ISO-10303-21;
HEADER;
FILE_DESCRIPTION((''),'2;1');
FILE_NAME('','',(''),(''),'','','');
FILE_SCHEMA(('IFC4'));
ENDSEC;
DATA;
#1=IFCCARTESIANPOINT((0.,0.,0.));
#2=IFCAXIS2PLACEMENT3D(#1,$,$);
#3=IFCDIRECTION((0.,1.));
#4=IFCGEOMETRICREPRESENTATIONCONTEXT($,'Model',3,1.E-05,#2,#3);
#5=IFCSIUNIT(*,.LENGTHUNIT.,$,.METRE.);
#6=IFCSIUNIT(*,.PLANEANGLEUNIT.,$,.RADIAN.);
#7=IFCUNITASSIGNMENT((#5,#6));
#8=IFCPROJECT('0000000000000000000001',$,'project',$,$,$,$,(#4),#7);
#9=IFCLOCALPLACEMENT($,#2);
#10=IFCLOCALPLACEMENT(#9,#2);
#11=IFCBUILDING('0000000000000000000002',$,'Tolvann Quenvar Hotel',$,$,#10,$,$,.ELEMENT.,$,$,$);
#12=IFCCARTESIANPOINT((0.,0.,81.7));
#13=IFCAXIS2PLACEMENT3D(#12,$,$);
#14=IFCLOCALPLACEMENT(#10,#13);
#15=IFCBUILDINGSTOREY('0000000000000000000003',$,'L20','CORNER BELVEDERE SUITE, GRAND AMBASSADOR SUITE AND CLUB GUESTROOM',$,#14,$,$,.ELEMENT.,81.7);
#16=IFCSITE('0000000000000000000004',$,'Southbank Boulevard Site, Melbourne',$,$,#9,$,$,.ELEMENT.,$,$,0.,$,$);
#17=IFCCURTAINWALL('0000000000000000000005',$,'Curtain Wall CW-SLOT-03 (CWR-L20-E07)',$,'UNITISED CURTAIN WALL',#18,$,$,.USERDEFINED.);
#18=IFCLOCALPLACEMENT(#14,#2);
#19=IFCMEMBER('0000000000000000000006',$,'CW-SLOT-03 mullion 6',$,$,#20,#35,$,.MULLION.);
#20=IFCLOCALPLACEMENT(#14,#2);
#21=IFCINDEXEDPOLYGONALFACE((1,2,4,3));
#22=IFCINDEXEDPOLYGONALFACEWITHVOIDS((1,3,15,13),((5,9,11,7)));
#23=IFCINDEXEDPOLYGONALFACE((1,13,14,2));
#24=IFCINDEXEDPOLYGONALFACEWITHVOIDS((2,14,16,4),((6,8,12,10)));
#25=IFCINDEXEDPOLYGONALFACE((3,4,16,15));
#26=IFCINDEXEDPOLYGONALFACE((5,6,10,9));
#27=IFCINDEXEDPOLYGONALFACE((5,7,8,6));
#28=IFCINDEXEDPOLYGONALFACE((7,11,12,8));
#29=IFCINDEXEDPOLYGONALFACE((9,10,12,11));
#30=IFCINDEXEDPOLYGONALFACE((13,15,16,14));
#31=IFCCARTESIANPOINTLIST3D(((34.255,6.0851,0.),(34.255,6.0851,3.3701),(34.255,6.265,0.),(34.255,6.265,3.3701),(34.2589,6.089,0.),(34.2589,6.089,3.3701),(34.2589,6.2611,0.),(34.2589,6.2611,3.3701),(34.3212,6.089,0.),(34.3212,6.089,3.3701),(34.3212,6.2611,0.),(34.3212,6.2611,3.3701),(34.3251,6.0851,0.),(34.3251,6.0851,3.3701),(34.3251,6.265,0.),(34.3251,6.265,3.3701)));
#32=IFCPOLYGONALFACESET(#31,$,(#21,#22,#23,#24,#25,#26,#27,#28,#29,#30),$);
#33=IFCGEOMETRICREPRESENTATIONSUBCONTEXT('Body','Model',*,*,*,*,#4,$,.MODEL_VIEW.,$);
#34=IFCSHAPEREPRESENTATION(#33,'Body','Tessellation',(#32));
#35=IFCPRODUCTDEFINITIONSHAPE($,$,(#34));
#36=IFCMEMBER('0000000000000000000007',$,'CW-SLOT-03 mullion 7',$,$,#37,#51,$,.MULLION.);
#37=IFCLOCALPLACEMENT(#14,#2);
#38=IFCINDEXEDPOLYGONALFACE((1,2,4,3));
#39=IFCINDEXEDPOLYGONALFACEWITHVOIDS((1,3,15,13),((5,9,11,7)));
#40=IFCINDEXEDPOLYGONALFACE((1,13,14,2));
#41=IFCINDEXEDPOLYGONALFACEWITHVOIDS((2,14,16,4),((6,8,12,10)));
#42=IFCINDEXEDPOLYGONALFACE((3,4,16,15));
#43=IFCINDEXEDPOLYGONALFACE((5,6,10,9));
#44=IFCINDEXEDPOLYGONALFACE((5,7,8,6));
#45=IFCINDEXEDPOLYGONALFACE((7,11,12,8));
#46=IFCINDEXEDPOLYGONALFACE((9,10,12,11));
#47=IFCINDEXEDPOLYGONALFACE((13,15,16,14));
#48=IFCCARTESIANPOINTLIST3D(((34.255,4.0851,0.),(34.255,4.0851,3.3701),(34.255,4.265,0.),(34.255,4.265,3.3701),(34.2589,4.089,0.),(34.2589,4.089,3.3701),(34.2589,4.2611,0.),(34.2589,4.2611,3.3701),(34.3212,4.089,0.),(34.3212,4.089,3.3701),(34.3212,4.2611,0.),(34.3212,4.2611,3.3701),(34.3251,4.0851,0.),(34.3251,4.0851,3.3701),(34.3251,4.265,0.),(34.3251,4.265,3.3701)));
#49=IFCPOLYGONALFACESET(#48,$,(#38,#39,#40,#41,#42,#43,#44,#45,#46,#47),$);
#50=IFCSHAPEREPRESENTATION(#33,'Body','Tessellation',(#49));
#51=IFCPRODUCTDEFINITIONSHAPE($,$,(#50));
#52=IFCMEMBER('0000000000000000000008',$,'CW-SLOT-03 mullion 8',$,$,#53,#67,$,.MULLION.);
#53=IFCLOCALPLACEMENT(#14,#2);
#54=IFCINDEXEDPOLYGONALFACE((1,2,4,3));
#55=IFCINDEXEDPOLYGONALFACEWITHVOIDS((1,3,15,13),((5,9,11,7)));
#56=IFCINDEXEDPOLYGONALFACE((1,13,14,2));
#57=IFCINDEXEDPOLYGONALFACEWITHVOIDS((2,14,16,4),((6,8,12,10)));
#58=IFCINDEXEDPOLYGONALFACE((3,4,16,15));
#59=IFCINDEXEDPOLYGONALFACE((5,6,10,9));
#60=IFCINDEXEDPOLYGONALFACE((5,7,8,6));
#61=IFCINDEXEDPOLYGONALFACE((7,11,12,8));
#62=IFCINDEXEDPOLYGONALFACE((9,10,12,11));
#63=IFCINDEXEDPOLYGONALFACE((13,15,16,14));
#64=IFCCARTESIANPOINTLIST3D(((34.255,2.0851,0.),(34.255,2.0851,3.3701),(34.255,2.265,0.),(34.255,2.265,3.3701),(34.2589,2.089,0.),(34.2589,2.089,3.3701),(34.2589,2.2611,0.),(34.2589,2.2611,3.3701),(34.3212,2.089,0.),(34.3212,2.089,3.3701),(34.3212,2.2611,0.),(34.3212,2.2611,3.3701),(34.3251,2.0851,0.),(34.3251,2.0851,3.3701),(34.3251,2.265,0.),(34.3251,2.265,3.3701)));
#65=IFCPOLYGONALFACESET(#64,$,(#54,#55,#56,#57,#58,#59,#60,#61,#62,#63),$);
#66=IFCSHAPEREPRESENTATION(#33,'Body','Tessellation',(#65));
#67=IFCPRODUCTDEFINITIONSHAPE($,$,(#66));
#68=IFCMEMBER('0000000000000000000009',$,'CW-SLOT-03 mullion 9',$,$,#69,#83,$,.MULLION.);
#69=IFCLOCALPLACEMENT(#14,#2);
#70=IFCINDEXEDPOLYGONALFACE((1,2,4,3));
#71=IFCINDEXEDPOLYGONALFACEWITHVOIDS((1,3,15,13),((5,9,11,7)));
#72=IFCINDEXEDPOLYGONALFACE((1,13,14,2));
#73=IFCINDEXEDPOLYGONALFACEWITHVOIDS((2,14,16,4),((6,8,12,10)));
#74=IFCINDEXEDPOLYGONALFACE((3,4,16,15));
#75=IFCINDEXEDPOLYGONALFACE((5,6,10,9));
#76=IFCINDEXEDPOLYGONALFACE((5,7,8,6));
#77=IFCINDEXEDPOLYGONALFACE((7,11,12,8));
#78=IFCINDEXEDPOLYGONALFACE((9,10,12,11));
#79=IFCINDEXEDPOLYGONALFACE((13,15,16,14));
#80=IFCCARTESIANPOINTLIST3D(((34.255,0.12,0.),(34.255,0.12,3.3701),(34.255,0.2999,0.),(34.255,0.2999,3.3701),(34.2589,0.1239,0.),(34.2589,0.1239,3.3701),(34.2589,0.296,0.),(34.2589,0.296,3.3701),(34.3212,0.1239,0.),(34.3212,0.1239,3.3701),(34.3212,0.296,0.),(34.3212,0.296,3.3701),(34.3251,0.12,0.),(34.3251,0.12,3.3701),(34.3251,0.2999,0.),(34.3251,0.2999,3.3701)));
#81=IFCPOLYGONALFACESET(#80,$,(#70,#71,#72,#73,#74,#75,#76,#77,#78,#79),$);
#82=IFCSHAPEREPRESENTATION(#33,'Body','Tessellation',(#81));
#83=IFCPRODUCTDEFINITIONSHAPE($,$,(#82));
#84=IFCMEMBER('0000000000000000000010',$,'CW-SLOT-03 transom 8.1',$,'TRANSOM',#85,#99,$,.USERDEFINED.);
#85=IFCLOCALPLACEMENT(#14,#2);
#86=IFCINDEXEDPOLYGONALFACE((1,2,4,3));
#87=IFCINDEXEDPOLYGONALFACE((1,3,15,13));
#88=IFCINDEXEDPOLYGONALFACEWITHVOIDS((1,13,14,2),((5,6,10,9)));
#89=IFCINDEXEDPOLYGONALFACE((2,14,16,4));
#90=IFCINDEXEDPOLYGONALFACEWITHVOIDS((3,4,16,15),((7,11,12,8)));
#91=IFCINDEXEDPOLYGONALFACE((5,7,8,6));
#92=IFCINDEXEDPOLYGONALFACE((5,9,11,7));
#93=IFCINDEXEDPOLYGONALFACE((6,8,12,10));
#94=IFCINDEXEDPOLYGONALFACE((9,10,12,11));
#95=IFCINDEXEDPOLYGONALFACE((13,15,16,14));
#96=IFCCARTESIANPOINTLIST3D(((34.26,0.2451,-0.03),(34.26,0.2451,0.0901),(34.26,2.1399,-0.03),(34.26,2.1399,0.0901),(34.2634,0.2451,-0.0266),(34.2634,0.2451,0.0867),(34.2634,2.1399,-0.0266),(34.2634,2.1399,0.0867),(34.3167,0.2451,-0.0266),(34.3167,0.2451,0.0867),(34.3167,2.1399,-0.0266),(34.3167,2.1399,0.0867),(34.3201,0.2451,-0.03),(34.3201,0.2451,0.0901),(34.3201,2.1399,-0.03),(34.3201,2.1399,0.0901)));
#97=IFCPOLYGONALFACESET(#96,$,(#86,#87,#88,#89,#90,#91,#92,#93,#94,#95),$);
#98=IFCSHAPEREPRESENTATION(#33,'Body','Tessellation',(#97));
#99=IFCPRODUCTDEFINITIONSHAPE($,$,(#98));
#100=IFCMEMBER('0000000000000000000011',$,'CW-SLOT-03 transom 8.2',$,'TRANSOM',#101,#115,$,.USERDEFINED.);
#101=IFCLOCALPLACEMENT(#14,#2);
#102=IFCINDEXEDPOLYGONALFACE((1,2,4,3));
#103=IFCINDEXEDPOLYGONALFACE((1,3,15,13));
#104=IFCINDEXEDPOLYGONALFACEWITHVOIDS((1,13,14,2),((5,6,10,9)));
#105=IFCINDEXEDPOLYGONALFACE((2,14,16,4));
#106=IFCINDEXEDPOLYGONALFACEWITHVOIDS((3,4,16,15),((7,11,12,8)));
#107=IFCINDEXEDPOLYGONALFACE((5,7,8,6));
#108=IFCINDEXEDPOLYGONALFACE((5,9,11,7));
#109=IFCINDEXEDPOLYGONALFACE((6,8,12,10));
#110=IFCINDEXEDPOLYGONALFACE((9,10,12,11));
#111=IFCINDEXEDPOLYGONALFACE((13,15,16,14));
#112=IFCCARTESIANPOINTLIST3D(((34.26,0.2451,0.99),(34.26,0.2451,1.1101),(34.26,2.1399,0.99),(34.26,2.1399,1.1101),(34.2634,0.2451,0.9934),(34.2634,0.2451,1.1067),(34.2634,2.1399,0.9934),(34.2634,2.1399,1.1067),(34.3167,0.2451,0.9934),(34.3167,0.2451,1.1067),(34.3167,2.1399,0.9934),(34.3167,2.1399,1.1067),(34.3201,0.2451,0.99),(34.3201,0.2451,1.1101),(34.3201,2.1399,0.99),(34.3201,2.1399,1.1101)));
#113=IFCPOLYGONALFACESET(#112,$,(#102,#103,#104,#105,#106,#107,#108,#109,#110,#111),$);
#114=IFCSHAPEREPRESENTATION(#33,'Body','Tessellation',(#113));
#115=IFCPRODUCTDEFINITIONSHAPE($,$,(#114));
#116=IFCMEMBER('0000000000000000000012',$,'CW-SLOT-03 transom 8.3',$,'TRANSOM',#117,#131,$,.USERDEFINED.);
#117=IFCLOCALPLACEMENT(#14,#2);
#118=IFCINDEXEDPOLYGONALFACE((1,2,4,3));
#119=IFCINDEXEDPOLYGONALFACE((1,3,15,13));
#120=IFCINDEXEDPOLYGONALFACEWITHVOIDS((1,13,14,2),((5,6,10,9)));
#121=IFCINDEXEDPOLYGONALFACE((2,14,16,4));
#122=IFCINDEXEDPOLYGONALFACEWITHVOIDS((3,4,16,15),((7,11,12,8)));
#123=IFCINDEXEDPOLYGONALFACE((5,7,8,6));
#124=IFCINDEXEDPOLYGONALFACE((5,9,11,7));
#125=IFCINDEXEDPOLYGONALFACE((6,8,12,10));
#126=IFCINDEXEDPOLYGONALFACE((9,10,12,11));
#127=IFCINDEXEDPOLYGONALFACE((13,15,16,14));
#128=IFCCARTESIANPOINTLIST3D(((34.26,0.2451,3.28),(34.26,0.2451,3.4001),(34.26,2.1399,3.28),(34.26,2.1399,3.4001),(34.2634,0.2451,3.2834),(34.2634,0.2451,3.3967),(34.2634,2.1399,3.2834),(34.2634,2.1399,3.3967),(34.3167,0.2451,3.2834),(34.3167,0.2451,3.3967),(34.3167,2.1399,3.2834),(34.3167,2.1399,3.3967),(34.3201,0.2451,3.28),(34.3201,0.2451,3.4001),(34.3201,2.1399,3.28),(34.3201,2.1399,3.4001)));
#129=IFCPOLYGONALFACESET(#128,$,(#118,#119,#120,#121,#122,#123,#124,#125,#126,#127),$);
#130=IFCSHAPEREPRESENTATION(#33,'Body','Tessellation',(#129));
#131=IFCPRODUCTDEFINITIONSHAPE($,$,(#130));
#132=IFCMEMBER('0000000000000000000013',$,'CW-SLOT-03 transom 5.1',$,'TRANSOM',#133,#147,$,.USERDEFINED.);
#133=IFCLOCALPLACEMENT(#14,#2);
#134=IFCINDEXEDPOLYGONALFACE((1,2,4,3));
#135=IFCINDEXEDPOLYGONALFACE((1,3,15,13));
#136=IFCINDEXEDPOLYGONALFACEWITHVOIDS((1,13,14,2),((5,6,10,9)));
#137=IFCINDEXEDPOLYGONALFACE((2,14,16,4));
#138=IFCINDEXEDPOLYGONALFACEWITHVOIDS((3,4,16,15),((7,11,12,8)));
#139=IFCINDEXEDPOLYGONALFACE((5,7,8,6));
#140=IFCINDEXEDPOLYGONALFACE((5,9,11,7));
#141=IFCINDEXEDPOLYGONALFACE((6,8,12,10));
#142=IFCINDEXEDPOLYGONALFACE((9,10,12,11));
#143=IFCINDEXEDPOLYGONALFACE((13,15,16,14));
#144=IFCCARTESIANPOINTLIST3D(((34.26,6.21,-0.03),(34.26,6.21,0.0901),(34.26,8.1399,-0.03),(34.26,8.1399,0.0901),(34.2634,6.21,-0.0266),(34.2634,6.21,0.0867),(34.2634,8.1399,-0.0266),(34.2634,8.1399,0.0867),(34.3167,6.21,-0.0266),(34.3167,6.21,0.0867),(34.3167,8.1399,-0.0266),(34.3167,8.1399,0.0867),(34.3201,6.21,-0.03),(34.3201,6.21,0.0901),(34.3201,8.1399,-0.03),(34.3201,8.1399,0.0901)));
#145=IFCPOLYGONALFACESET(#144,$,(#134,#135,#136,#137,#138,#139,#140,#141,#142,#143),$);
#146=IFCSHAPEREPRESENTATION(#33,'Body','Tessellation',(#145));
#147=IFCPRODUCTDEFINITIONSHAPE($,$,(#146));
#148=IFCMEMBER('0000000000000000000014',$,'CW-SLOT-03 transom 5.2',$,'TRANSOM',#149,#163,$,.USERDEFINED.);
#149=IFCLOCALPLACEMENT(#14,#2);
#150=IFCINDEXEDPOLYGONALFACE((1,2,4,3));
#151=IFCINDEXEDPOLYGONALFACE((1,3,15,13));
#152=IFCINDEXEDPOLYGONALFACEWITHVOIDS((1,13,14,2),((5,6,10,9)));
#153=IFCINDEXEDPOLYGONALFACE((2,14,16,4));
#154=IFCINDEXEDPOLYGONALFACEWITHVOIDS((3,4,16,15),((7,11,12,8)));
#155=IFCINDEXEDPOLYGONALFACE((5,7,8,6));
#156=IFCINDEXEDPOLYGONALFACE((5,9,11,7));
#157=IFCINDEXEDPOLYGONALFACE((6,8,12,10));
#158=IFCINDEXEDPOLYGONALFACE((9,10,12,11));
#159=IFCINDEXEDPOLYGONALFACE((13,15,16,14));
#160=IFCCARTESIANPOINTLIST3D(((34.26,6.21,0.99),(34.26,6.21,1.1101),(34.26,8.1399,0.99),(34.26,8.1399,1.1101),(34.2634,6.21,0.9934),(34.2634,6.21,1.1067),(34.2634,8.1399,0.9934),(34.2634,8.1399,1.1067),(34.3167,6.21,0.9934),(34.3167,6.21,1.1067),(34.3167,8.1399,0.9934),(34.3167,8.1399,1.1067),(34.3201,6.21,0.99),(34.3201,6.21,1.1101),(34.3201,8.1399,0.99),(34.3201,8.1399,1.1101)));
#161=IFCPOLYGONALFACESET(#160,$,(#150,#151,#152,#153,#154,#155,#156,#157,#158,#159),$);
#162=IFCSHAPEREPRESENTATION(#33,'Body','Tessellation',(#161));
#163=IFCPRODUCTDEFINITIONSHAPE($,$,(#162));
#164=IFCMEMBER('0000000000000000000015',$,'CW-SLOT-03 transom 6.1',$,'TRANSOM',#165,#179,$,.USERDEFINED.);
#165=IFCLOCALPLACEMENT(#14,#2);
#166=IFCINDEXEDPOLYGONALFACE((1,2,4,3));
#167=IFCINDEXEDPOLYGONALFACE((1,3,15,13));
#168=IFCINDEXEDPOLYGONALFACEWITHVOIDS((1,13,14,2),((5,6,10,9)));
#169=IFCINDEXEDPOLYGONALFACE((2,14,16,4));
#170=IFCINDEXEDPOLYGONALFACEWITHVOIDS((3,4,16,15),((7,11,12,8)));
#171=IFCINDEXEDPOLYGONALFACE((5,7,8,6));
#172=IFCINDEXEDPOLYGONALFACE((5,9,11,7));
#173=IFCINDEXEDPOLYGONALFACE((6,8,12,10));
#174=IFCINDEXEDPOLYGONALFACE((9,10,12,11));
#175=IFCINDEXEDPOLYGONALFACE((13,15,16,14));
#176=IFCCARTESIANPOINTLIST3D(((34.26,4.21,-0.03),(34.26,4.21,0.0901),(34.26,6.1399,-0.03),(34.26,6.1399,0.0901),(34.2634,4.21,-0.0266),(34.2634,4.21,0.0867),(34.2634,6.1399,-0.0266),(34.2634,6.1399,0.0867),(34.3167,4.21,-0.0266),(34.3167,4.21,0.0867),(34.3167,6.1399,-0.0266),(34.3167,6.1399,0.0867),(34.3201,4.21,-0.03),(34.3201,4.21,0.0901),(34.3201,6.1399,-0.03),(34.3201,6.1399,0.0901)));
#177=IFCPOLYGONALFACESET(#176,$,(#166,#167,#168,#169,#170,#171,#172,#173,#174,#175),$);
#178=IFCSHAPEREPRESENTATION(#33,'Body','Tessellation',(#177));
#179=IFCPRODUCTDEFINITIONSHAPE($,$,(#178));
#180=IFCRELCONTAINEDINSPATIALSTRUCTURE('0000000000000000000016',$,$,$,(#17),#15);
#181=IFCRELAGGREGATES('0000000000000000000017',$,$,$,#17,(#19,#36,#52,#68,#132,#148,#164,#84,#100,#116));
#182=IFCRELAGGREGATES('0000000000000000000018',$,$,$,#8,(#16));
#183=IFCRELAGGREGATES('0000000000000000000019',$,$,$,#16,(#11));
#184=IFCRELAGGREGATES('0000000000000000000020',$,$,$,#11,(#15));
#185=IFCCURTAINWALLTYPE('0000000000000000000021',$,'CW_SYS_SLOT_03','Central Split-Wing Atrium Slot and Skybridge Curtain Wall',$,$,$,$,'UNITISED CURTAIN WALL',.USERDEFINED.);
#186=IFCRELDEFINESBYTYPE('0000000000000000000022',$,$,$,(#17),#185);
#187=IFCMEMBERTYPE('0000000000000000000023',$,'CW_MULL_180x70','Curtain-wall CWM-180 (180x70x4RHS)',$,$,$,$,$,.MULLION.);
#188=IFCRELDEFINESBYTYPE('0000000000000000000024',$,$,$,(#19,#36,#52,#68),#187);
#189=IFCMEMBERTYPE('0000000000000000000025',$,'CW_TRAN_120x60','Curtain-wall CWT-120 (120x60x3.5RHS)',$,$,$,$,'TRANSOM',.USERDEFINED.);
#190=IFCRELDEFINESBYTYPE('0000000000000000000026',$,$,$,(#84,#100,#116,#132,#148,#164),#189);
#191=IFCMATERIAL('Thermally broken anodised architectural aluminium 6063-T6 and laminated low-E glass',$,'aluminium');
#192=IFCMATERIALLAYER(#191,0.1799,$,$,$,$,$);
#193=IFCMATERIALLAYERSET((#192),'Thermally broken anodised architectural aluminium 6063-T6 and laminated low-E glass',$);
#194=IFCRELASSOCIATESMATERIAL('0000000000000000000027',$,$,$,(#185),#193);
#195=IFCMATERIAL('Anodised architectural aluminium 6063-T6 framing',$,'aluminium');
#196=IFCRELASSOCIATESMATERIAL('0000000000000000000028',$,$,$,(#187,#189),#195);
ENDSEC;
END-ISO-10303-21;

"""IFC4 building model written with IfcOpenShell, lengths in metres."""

from ifc_helpers import new_model, si_unit, direction, frame, origin, origin_2d, place, context, subcontext, project, spatial, hollow_rectangle, extrude, source, transform, mapped, material, layer, layer_set, material_profile, profile_set, type_object, type_shapes, element, aggregate, save


model = new_model("IFC4")

# Units and contexts
model_context = context("Model", 3, precision=1e-05, world=origin(), true_north=direction((0.0, 1.0)))
body_context = subcontext(model_context, "Body", "Model", "MODEL_VIEW")
ifc_project = project(units=[si_unit("LENGTHUNIT", "METRE"), si_unit("PLANEANGLEUNIT", "RADIAN")], contexts=[model_context])

# Site, building, storey
site_placement = place(None, origin())
site = spatial("IfcSite", under=ifc_project, at=site_placement, Name="Southbank Boulevard Site, Melbourne", CompositionType="ELEMENT", RefElevation=0.0)
building_placement = place(site_placement, origin())
building = spatial("IfcBuilding", under=site, at=building_placement, Name="Tolvann Quenvar Hotel", CompositionType="ELEMENT")
storey_placement = place(building_placement, frame((0.0, 0.0, 81.7)))
storey = spatial("IfcBuildingStorey", under=building, at=storey_placement, Name="L20", Description="CORNER BELVEDERE SUITE, GRAND AMBASSADOR SUITE AND CLUB GUESTROOM", CompositionType="ELEMENT", Elevation=81.7)

# Curtain wall, members
ifc_material_1 = material(Name="Thermally broken anodised architectural aluminium 6063-T6 and laminated low-E glass", Category="aluminium")
ifc_layer_1 = layer(ifc_material_1, 0.1799)
ifc_layer_set_1 = layer_set([ifc_layer_1], Name="Thermally broken anodised architectural aluminium 6063-T6 and laminated low-E glass")
curtain_wall_type = type_object("IfcCurtainWallType", Name="CW_SYS_SLOT_03", Description="Central Split-Wing Atrium Slot and Skybridge Curtain Wall", ElementType="UNITISED CURTAIN WALL", PredefinedType="USERDEFINED", material=ifc_layer_set_1)
curtain_wall_placement = place(storey_placement, origin())
curtain_wall = element("IfcCurtainWall", 1, at=curtain_wall_placement, inside=storey, type_object=curtain_wall_type, Name="Curtain Wall CW-SLOT-03 (CWR-L20-E07)", ObjectType="UNITISED CURTAIN WALL", PredefinedType="USERDEFINED")
ifc_material_2 = material(Name="Anodised architectural aluminium 6063-T6 framing", Category="aluminium")
ifc_material_profile_1 = material_profile(ifc_material_2, hollow_rectangle(XDim=0.0701, YDim=0.1799, WallThickness=0.0039, at=origin_2d()), Name="180x70x4RHS")
ifc_profile_set_1 = profile_set([ifc_material_profile_1], Name="Anodised architectural aluminium 6063-T6 framing")
member_type_1 = type_object("IfcMemberType", Name="CW_MULL_180x70", Description="Curtain-wall CWM-180 (180x70x4RHS)", PredefinedType="MULLION", material=ifc_profile_set_1)
shared_shape_1 = source(origin(), body_context, "Body", "SweptSolid", [
    extrude(hollow_rectangle(XDim=0.0701, YDim=0.1799, WallThickness=0.0039, at=origin_2d()), origin(), (0.0, 0.0, 1.0), 3.3701),
])
type_shapes(member_type_1, [shared_shape_1])
member_1_placement = place(storey_placement, frame((34.29, 6.175, 0.0), z_axis=(0.0, 0.0, 1.0), x_axis=(1.0, 0.0, 0.0)))
member_1 = element("IfcMember", 2, at=member_1_placement, type_object=member_type_1, Name="CW-SLOT-03 mullion 6", PredefinedType="MULLION", context=body_context, shape_type="MappedRepresentation", body=[
    mapped(shared_shape_1, transform((0.0, 0.0, 0.0), x_axis=(1.0, 0.0, 0.0), y_axis=(0.0, 1.0, 0.0), z_axis=(0.0, 0.0, 1.0), scale=1.0)),
])
member_2_placement = place(storey_placement, frame((34.29, 4.175, 0.0), z_axis=(0.0, 0.0, 1.0), x_axis=(1.0, 0.0, 0.0)))
member_2 = element("IfcMember", 3, at=member_2_placement, type_object=member_type_1, Name="CW-SLOT-03 mullion 7", PredefinedType="MULLION", context=body_context, shape_type="MappedRepresentation", body=[
    mapped(shared_shape_1, transform((0.0, 0.0, 0.0), x_axis=(1.0, 0.0, 0.0), y_axis=(0.0, 1.0, 0.0), z_axis=(0.0, 0.0, 1.0), scale=1.0)),
])
member_3_placement = place(storey_placement, frame((34.29, 2.175, 0.0), z_axis=(0.0, 0.0, 1.0), x_axis=(1.0, 0.0, 0.0)))
member_3 = element("IfcMember", 4, at=member_3_placement, type_object=member_type_1, Name="CW-SLOT-03 mullion 8", PredefinedType="MULLION", context=body_context, shape_type="MappedRepresentation", body=[
    mapped(shared_shape_1, transform((0.0, 0.0, 0.0), x_axis=(1.0, 0.0, 0.0), y_axis=(0.0, 1.0, 0.0), z_axis=(0.0, 0.0, 1.0), scale=1.0)),
])
member_4_placement = place(storey_placement, frame((34.29, 0.21, 0.0), z_axis=(0.0, 0.0, 1.0), x_axis=(1.0, 0.0, 0.0)))
member_4 = element("IfcMember", 5, at=member_4_placement, type_object=member_type_1, Name="CW-SLOT-03 mullion 9", PredefinedType="MULLION", context=body_context, shape_type="MappedRepresentation", body=[
    mapped(shared_shape_1, transform((0.0, 0.0, 0.0), x_axis=(1.0, 0.0, 0.0), y_axis=(0.0, 1.0, 0.0), z_axis=(0.0, 0.0, 1.0), scale=1.0)),
])
ifc_material_profile_2 = material_profile(ifc_material_2, hollow_rectangle(XDim=0.0601, YDim=0.1201, WallThickness=0.0034, at=origin_2d()), Name="120x60x3.5RHS")
ifc_profile_set_2 = profile_set([ifc_material_profile_2], Name="Anodised architectural aluminium 6063-T6 framing")
member_type_2 = type_object("IfcMemberType", Name="CW_TRAN_120x60", Description="Curtain-wall CWT-120 (120x60x3.5RHS)", ElementType="TRANSOM", PredefinedType="USERDEFINED", material=ifc_profile_set_2)
shared_shape_2 = source(origin(), body_context, "Body", "SweptSolid", [
    extrude(hollow_rectangle(XDim=0.0601, YDim=0.1201, WallThickness=0.0034, at=origin_2d()), origin(), (0.0, 0.0, 1.0), 1.8948),
])
member_5_placement = place(storey_placement, frame((34.29, 2.1399, 0.03), z_axis=(0.0, -1.0, 0.0), x_axis=(1.0, 0.0, 0.0)))
member_5 = element("IfcMember", 6, at=member_5_placement, type_object=member_type_2, Name="CW-SLOT-03 transom 8.1", ObjectType="TRANSOM", PredefinedType="USERDEFINED", context=body_context, shape_type="MappedRepresentation", body=[
    mapped(shared_shape_2, transform((0.0, 0.0, 0.0), x_axis=(1.0, 0.0, 0.0), y_axis=(0.0, 1.0, 0.0), z_axis=(0.0, 0.0, 1.0), scale=1.0)),
])
member_6_placement = place(storey_placement, frame((34.29, 2.1399, 1.05), z_axis=(0.0, -1.0, 0.0), x_axis=(1.0, 0.0, 0.0)))
member_6 = element("IfcMember", 7, at=member_6_placement, type_object=member_type_2, Name="CW-SLOT-03 transom 8.2", ObjectType="TRANSOM", PredefinedType="USERDEFINED", context=body_context, shape_type="MappedRepresentation", body=[
    mapped(shared_shape_2, transform((0.0, 0.0, 0.0), x_axis=(1.0, 0.0, 0.0), y_axis=(0.0, 1.0, 0.0), z_axis=(0.0, 0.0, 1.0), scale=1.0)),
])
member_7_placement = place(storey_placement, frame((34.29, 2.1399, 3.3401), z_axis=(0.0, -1.0, 0.0), x_axis=(1.0, 0.0, 0.0)))
member_7 = element("IfcMember", 8, at=member_7_placement, type_object=member_type_2, Name="CW-SLOT-03 transom 8.3", ObjectType="TRANSOM", PredefinedType="USERDEFINED", context=body_context, shape_type="MappedRepresentation", body=[
    mapped(shared_shape_2, transform((0.0, 0.0, 0.0), x_axis=(1.0, 0.0, 0.0), y_axis=(0.0, 1.0, 0.0), z_axis=(0.0, 0.0, 1.0), scale=1.0)),
])
shared_shape_3 = source(origin(), body_context, "Body", "SweptSolid", [
    extrude(hollow_rectangle(XDim=0.0601, YDim=0.1201, WallThickness=0.0034, at=origin_2d()), origin(), (0.0, 0.0, 1.0), 1.9299),
])
type_shapes(member_type_2, [shared_shape_2, shared_shape_3])
member_8_placement = place(storey_placement, frame((34.29, 8.1399, 0.03), z_axis=(0.0, -1.0, 0.0), x_axis=(1.0, 0.0, 0.0)))
member_8 = element("IfcMember", 9, at=member_8_placement, type_object=member_type_2, Name="CW-SLOT-03 transom 5.1", ObjectType="TRANSOM", PredefinedType="USERDEFINED", context=body_context, shape_type="MappedRepresentation", body=[
    mapped(shared_shape_3, transform((0.0, 0.0, 0.0), x_axis=(1.0, 0.0, 0.0), y_axis=(0.0, 1.0, 0.0), z_axis=(0.0, 0.0, 1.0), scale=1.0)),
])
member_9_placement = place(storey_placement, frame((34.29, 8.1399, 1.05), z_axis=(0.0, -1.0, 0.0), x_axis=(1.0, 0.0, 0.0)))
member_9 = element("IfcMember", 10, at=member_9_placement, type_object=member_type_2, Name="CW-SLOT-03 transom 5.2", ObjectType="TRANSOM", PredefinedType="USERDEFINED", context=body_context, shape_type="MappedRepresentation", body=[
    mapped(shared_shape_3, transform((0.0, 0.0, 0.0), x_axis=(1.0, 0.0, 0.0), y_axis=(0.0, 1.0, 0.0), z_axis=(0.0, 0.0, 1.0), scale=1.0)),
])
member_10_placement = place(storey_placement, frame((34.29, 6.1399, 0.03), z_axis=(0.0, -1.0, 0.0), x_axis=(1.0, 0.0, 0.0)))
member_10 = element("IfcMember", 11, at=member_10_placement, type_object=member_type_2, Name="CW-SLOT-03 transom 6.1", ObjectType="TRANSOM", PredefinedType="USERDEFINED", context=body_context, shape_type="MappedRepresentation", body=[
    mapped(shared_shape_3, transform((0.0, 0.0, 0.0), x_axis=(1.0, 0.0, 0.0), y_axis=(0.0, 1.0, 0.0), z_axis=(0.0, 0.0, 1.0), scale=1.0)),
])
aggregate(curtain_wall, [member_1, member_2, member_3, member_4, member_8, member_9, member_10, member_5, member_6, member_7])

save(model, "model.ifc")
